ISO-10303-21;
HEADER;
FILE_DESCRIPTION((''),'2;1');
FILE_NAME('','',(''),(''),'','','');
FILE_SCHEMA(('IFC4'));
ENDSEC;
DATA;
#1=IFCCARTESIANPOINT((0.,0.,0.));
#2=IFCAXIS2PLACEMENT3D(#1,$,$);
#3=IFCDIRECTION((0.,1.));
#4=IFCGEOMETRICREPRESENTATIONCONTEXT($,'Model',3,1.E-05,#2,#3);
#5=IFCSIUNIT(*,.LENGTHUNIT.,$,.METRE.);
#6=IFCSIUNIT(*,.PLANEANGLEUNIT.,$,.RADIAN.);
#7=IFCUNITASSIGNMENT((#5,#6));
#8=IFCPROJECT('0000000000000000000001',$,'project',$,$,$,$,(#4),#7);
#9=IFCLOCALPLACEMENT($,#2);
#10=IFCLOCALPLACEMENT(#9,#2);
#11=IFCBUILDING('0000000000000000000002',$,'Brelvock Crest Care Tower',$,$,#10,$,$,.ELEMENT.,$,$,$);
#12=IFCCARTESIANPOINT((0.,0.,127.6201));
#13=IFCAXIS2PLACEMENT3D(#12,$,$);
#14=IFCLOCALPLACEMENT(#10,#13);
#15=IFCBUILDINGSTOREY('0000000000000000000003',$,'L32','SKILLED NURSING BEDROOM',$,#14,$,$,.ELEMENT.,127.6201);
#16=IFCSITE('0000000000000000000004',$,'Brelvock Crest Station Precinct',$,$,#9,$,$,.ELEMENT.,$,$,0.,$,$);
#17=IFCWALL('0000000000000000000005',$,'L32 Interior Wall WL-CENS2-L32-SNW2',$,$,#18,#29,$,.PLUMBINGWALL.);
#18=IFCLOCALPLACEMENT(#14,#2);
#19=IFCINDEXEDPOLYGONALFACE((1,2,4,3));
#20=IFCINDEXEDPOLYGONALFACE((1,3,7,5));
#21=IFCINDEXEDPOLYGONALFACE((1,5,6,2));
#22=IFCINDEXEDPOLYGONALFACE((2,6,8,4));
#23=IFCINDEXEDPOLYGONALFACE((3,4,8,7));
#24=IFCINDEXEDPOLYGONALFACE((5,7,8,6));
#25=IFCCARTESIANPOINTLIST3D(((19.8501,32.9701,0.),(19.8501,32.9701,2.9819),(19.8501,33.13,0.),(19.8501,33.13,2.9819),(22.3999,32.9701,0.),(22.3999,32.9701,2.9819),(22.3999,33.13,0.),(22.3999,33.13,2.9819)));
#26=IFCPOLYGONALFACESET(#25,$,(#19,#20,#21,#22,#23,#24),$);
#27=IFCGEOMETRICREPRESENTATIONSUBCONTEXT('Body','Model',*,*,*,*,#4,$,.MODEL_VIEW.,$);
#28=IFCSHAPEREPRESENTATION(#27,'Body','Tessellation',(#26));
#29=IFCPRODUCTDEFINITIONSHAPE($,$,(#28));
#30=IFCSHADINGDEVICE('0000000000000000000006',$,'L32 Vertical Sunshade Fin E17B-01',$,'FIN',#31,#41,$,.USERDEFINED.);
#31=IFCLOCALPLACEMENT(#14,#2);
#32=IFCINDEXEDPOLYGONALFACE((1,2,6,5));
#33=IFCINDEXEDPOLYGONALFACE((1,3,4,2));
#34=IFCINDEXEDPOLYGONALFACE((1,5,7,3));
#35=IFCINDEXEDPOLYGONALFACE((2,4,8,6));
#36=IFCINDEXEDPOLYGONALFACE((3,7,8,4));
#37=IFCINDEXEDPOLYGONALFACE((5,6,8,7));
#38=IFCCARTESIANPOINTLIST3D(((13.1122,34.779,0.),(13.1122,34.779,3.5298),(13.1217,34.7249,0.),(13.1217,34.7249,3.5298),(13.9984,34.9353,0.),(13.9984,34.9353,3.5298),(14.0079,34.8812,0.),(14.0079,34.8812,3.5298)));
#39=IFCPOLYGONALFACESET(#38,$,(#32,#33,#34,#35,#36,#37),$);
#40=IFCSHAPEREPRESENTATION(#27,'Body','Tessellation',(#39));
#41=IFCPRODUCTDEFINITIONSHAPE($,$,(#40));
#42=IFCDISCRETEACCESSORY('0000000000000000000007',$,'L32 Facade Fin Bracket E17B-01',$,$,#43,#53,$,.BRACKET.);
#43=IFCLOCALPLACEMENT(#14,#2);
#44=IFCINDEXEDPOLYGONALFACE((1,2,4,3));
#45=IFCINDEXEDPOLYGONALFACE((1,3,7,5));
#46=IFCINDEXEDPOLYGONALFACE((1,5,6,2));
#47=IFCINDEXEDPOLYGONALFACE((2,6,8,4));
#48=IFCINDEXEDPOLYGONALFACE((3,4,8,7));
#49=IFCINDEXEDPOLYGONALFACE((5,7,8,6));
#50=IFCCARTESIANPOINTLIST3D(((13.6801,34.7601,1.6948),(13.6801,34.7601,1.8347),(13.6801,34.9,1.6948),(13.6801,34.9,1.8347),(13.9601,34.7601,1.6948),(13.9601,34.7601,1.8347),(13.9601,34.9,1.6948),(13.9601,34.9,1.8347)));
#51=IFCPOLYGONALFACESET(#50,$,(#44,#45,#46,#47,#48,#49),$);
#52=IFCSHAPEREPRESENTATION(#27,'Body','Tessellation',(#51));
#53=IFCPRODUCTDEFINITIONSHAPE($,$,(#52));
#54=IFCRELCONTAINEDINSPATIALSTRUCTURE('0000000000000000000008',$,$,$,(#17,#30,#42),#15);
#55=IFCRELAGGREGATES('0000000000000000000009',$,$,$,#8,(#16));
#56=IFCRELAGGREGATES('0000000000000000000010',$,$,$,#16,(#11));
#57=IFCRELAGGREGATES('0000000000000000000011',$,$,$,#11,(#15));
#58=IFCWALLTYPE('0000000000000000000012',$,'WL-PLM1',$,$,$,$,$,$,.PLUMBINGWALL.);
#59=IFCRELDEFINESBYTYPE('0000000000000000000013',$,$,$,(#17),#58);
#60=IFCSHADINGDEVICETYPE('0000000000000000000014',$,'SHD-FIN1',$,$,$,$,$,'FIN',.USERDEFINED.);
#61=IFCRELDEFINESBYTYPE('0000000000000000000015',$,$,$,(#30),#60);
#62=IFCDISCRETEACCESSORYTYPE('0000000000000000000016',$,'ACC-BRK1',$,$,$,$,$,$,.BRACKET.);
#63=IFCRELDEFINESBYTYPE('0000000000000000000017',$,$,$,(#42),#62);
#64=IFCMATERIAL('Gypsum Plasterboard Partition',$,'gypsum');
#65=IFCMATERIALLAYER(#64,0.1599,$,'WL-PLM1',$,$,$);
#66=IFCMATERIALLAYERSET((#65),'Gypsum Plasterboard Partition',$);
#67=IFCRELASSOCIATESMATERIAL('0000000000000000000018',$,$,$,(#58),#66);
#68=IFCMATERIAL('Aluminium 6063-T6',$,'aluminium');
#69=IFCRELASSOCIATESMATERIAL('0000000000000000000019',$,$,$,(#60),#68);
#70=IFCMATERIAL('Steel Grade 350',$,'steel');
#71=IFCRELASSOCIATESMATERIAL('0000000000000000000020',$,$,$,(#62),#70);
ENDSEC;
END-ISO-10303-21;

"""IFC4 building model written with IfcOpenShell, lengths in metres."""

from ifc_helpers import new_model, si_unit, direction, frame, frame_2d, origin, origin_2d, place, context, subcontext, project, spatial, rectangle, extrude, source, transform, mapped, material, layer, layer_set, material_profile, profile_set, type_object, element, save


model = new_model("IFC4")

# Units and contexts
model_context = context("Model", 3, precision=1e-05, world=origin(), true_north=direction((0.0, 1.0)))
body_context = subcontext(model_context, "Body", "Model", "MODEL_VIEW")
ifc_project = project(units=[si_unit("LENGTHUNIT", "METRE"), si_unit("PLANEANGLEUNIT", "RADIAN")], contexts=[model_context])

# Site, building, storey
site_placement = place(None, origin())
site = spatial("IfcSite", under=ifc_project, at=site_placement, Name="Brelvock Crest Station Precinct", CompositionType="ELEMENT", RefElevation=0.0)
building_placement = place(site_placement, origin())
building = spatial("IfcBuilding", under=site, at=building_placement, Name="Brelvock Crest Care Tower", CompositionType="ELEMENT")
storey_placement = place(building_placement, frame((0.0, 0.0, 127.6201)))
storey = spatial("IfcBuildingStorey", under=building, at=storey_placement, Name="L32", Description="SKILLED NURSING BEDROOM", CompositionType="ELEMENT", Elevation=127.6201)

# Shared definitions
ifc_material_1 = material(Name="Steel Grade 350", Category="steel")

# Shared definitions
ifc_material_2 = material(Name="Aluminium 6063-T6", Category="aluminium")

# Wall
ifc_material_3 = material(Name="Gypsum Plasterboard Partition", Category="gypsum")
ifc_layer_1 = layer(ifc_material_3, 0.1599, Name="WL-PLM1")
ifc_layer_set_1 = layer_set([ifc_layer_1], Name="Gypsum Plasterboard Partition")
wall_type_1 = type_object("IfcWallType", Name="WL-PLM1", PredefinedType="PLUMBINGWALL", material=ifc_layer_set_1)
wall_1_placement = place(storey_placement, frame((19.8501, 33.05, 0.0), z_axis=(0.0, 0.0, 1.0), x_axis=(1.0, 0.0, 0.0)))
element("IfcWall", 1, at=wall_1_placement, inside=storey, type_object=wall_type_1, Name="L32 Interior Wall WL-CENS2-L32-SNW2", PredefinedType="PLUMBINGWALL", context=body_context, shape_type="SweptSolid", body=[
    extrude(rectangle(XDim=2.5498, YDim=0.1599, at=frame_2d((1.2749, 0.0))), origin(), (0.0, 0.0, 1.0), 2.9819),
])

# Shading device
ifc_material_profile_1 = material_profile(ifc_material_2, rectangle(XDim=0.0549, YDim=0.8999, at=origin_2d()), Name="FIN55x900")
ifc_profile_set_1 = profile_set([ifc_material_profile_1], Name="Aluminium 6063-T6")
shading_device_type = type_object("IfcShadingDeviceType", Name="SHD-FIN1", ElementType="FIN", PredefinedType="USERDEFINED", material=ifc_profile_set_1)
shared_shape_1 = source(origin(), body_context, "Body", "SweptSolid", [
    extrude(rectangle(XDim=0.0549, YDim=0.8999, at=origin_2d()), origin(), (0.0, 0.0, 1.0), 3.5298),
])
shading_device_placement = place(storey_placement, frame((13.5601, 34.8301, 0.0), z_axis=(0.0, 0.0, 1.0), x_axis=(-0.173648, 0.984808, 0.0)))
element("IfcShadingDevice", 2, at=shading_device_placement, inside=storey, type_object=shading_device_type, Name="L32 Vertical Sunshade Fin E17B-01", ObjectType="FIN", PredefinedType="USERDEFINED", context=body_context, shape_type="MappedRepresentation", body=[
    mapped(shared_shape_1, transform((0.0, 0.0, 0.0), x_axis=(1.0, 0.0, 0.0), y_axis=(0.0, 1.0, 0.0), z_axis=(0.0, 0.0, 1.0), scale=1.0)),
])

# Discrete accessory
discrete_accessory_type = type_object("IfcDiscreteAccessoryType", Name="ACC-BRK1", PredefinedType="BRACKET", material=ifc_material_1)
shared_shape_2 = source(origin(), body_context, "Body", "SweptSolid", [
    extrude(rectangle(XDim=0.28, YDim=0.1399, at=origin_2d()), origin(), (0.0, 0.0, 1.0), 0.1399),
])
discrete_accessory_placement = place(storey_placement, frame((13.8201, 34.8301, 1.6948), z_axis=(0.0, 0.0, 1.0), x_axis=(-1.0, 0.0, 0.0)))
element("IfcDiscreteAccessory", 3, at=discrete_accessory_placement, inside=storey, type_object=discrete_accessory_type, Name="L32 Facade Fin Bracket E17B-01", PredefinedType="BRACKET", context=body_context, shape_type="MappedRepresentation", body=[
    mapped(shared_shape_2, transform((0.0, 0.0, 0.0), x_axis=(1.0, 0.0, 0.0), y_axis=(0.0, 1.0, 0.0), z_axis=(0.0, 0.0, 1.0), scale=1.0)),
])

save(model, "model.ifc")
